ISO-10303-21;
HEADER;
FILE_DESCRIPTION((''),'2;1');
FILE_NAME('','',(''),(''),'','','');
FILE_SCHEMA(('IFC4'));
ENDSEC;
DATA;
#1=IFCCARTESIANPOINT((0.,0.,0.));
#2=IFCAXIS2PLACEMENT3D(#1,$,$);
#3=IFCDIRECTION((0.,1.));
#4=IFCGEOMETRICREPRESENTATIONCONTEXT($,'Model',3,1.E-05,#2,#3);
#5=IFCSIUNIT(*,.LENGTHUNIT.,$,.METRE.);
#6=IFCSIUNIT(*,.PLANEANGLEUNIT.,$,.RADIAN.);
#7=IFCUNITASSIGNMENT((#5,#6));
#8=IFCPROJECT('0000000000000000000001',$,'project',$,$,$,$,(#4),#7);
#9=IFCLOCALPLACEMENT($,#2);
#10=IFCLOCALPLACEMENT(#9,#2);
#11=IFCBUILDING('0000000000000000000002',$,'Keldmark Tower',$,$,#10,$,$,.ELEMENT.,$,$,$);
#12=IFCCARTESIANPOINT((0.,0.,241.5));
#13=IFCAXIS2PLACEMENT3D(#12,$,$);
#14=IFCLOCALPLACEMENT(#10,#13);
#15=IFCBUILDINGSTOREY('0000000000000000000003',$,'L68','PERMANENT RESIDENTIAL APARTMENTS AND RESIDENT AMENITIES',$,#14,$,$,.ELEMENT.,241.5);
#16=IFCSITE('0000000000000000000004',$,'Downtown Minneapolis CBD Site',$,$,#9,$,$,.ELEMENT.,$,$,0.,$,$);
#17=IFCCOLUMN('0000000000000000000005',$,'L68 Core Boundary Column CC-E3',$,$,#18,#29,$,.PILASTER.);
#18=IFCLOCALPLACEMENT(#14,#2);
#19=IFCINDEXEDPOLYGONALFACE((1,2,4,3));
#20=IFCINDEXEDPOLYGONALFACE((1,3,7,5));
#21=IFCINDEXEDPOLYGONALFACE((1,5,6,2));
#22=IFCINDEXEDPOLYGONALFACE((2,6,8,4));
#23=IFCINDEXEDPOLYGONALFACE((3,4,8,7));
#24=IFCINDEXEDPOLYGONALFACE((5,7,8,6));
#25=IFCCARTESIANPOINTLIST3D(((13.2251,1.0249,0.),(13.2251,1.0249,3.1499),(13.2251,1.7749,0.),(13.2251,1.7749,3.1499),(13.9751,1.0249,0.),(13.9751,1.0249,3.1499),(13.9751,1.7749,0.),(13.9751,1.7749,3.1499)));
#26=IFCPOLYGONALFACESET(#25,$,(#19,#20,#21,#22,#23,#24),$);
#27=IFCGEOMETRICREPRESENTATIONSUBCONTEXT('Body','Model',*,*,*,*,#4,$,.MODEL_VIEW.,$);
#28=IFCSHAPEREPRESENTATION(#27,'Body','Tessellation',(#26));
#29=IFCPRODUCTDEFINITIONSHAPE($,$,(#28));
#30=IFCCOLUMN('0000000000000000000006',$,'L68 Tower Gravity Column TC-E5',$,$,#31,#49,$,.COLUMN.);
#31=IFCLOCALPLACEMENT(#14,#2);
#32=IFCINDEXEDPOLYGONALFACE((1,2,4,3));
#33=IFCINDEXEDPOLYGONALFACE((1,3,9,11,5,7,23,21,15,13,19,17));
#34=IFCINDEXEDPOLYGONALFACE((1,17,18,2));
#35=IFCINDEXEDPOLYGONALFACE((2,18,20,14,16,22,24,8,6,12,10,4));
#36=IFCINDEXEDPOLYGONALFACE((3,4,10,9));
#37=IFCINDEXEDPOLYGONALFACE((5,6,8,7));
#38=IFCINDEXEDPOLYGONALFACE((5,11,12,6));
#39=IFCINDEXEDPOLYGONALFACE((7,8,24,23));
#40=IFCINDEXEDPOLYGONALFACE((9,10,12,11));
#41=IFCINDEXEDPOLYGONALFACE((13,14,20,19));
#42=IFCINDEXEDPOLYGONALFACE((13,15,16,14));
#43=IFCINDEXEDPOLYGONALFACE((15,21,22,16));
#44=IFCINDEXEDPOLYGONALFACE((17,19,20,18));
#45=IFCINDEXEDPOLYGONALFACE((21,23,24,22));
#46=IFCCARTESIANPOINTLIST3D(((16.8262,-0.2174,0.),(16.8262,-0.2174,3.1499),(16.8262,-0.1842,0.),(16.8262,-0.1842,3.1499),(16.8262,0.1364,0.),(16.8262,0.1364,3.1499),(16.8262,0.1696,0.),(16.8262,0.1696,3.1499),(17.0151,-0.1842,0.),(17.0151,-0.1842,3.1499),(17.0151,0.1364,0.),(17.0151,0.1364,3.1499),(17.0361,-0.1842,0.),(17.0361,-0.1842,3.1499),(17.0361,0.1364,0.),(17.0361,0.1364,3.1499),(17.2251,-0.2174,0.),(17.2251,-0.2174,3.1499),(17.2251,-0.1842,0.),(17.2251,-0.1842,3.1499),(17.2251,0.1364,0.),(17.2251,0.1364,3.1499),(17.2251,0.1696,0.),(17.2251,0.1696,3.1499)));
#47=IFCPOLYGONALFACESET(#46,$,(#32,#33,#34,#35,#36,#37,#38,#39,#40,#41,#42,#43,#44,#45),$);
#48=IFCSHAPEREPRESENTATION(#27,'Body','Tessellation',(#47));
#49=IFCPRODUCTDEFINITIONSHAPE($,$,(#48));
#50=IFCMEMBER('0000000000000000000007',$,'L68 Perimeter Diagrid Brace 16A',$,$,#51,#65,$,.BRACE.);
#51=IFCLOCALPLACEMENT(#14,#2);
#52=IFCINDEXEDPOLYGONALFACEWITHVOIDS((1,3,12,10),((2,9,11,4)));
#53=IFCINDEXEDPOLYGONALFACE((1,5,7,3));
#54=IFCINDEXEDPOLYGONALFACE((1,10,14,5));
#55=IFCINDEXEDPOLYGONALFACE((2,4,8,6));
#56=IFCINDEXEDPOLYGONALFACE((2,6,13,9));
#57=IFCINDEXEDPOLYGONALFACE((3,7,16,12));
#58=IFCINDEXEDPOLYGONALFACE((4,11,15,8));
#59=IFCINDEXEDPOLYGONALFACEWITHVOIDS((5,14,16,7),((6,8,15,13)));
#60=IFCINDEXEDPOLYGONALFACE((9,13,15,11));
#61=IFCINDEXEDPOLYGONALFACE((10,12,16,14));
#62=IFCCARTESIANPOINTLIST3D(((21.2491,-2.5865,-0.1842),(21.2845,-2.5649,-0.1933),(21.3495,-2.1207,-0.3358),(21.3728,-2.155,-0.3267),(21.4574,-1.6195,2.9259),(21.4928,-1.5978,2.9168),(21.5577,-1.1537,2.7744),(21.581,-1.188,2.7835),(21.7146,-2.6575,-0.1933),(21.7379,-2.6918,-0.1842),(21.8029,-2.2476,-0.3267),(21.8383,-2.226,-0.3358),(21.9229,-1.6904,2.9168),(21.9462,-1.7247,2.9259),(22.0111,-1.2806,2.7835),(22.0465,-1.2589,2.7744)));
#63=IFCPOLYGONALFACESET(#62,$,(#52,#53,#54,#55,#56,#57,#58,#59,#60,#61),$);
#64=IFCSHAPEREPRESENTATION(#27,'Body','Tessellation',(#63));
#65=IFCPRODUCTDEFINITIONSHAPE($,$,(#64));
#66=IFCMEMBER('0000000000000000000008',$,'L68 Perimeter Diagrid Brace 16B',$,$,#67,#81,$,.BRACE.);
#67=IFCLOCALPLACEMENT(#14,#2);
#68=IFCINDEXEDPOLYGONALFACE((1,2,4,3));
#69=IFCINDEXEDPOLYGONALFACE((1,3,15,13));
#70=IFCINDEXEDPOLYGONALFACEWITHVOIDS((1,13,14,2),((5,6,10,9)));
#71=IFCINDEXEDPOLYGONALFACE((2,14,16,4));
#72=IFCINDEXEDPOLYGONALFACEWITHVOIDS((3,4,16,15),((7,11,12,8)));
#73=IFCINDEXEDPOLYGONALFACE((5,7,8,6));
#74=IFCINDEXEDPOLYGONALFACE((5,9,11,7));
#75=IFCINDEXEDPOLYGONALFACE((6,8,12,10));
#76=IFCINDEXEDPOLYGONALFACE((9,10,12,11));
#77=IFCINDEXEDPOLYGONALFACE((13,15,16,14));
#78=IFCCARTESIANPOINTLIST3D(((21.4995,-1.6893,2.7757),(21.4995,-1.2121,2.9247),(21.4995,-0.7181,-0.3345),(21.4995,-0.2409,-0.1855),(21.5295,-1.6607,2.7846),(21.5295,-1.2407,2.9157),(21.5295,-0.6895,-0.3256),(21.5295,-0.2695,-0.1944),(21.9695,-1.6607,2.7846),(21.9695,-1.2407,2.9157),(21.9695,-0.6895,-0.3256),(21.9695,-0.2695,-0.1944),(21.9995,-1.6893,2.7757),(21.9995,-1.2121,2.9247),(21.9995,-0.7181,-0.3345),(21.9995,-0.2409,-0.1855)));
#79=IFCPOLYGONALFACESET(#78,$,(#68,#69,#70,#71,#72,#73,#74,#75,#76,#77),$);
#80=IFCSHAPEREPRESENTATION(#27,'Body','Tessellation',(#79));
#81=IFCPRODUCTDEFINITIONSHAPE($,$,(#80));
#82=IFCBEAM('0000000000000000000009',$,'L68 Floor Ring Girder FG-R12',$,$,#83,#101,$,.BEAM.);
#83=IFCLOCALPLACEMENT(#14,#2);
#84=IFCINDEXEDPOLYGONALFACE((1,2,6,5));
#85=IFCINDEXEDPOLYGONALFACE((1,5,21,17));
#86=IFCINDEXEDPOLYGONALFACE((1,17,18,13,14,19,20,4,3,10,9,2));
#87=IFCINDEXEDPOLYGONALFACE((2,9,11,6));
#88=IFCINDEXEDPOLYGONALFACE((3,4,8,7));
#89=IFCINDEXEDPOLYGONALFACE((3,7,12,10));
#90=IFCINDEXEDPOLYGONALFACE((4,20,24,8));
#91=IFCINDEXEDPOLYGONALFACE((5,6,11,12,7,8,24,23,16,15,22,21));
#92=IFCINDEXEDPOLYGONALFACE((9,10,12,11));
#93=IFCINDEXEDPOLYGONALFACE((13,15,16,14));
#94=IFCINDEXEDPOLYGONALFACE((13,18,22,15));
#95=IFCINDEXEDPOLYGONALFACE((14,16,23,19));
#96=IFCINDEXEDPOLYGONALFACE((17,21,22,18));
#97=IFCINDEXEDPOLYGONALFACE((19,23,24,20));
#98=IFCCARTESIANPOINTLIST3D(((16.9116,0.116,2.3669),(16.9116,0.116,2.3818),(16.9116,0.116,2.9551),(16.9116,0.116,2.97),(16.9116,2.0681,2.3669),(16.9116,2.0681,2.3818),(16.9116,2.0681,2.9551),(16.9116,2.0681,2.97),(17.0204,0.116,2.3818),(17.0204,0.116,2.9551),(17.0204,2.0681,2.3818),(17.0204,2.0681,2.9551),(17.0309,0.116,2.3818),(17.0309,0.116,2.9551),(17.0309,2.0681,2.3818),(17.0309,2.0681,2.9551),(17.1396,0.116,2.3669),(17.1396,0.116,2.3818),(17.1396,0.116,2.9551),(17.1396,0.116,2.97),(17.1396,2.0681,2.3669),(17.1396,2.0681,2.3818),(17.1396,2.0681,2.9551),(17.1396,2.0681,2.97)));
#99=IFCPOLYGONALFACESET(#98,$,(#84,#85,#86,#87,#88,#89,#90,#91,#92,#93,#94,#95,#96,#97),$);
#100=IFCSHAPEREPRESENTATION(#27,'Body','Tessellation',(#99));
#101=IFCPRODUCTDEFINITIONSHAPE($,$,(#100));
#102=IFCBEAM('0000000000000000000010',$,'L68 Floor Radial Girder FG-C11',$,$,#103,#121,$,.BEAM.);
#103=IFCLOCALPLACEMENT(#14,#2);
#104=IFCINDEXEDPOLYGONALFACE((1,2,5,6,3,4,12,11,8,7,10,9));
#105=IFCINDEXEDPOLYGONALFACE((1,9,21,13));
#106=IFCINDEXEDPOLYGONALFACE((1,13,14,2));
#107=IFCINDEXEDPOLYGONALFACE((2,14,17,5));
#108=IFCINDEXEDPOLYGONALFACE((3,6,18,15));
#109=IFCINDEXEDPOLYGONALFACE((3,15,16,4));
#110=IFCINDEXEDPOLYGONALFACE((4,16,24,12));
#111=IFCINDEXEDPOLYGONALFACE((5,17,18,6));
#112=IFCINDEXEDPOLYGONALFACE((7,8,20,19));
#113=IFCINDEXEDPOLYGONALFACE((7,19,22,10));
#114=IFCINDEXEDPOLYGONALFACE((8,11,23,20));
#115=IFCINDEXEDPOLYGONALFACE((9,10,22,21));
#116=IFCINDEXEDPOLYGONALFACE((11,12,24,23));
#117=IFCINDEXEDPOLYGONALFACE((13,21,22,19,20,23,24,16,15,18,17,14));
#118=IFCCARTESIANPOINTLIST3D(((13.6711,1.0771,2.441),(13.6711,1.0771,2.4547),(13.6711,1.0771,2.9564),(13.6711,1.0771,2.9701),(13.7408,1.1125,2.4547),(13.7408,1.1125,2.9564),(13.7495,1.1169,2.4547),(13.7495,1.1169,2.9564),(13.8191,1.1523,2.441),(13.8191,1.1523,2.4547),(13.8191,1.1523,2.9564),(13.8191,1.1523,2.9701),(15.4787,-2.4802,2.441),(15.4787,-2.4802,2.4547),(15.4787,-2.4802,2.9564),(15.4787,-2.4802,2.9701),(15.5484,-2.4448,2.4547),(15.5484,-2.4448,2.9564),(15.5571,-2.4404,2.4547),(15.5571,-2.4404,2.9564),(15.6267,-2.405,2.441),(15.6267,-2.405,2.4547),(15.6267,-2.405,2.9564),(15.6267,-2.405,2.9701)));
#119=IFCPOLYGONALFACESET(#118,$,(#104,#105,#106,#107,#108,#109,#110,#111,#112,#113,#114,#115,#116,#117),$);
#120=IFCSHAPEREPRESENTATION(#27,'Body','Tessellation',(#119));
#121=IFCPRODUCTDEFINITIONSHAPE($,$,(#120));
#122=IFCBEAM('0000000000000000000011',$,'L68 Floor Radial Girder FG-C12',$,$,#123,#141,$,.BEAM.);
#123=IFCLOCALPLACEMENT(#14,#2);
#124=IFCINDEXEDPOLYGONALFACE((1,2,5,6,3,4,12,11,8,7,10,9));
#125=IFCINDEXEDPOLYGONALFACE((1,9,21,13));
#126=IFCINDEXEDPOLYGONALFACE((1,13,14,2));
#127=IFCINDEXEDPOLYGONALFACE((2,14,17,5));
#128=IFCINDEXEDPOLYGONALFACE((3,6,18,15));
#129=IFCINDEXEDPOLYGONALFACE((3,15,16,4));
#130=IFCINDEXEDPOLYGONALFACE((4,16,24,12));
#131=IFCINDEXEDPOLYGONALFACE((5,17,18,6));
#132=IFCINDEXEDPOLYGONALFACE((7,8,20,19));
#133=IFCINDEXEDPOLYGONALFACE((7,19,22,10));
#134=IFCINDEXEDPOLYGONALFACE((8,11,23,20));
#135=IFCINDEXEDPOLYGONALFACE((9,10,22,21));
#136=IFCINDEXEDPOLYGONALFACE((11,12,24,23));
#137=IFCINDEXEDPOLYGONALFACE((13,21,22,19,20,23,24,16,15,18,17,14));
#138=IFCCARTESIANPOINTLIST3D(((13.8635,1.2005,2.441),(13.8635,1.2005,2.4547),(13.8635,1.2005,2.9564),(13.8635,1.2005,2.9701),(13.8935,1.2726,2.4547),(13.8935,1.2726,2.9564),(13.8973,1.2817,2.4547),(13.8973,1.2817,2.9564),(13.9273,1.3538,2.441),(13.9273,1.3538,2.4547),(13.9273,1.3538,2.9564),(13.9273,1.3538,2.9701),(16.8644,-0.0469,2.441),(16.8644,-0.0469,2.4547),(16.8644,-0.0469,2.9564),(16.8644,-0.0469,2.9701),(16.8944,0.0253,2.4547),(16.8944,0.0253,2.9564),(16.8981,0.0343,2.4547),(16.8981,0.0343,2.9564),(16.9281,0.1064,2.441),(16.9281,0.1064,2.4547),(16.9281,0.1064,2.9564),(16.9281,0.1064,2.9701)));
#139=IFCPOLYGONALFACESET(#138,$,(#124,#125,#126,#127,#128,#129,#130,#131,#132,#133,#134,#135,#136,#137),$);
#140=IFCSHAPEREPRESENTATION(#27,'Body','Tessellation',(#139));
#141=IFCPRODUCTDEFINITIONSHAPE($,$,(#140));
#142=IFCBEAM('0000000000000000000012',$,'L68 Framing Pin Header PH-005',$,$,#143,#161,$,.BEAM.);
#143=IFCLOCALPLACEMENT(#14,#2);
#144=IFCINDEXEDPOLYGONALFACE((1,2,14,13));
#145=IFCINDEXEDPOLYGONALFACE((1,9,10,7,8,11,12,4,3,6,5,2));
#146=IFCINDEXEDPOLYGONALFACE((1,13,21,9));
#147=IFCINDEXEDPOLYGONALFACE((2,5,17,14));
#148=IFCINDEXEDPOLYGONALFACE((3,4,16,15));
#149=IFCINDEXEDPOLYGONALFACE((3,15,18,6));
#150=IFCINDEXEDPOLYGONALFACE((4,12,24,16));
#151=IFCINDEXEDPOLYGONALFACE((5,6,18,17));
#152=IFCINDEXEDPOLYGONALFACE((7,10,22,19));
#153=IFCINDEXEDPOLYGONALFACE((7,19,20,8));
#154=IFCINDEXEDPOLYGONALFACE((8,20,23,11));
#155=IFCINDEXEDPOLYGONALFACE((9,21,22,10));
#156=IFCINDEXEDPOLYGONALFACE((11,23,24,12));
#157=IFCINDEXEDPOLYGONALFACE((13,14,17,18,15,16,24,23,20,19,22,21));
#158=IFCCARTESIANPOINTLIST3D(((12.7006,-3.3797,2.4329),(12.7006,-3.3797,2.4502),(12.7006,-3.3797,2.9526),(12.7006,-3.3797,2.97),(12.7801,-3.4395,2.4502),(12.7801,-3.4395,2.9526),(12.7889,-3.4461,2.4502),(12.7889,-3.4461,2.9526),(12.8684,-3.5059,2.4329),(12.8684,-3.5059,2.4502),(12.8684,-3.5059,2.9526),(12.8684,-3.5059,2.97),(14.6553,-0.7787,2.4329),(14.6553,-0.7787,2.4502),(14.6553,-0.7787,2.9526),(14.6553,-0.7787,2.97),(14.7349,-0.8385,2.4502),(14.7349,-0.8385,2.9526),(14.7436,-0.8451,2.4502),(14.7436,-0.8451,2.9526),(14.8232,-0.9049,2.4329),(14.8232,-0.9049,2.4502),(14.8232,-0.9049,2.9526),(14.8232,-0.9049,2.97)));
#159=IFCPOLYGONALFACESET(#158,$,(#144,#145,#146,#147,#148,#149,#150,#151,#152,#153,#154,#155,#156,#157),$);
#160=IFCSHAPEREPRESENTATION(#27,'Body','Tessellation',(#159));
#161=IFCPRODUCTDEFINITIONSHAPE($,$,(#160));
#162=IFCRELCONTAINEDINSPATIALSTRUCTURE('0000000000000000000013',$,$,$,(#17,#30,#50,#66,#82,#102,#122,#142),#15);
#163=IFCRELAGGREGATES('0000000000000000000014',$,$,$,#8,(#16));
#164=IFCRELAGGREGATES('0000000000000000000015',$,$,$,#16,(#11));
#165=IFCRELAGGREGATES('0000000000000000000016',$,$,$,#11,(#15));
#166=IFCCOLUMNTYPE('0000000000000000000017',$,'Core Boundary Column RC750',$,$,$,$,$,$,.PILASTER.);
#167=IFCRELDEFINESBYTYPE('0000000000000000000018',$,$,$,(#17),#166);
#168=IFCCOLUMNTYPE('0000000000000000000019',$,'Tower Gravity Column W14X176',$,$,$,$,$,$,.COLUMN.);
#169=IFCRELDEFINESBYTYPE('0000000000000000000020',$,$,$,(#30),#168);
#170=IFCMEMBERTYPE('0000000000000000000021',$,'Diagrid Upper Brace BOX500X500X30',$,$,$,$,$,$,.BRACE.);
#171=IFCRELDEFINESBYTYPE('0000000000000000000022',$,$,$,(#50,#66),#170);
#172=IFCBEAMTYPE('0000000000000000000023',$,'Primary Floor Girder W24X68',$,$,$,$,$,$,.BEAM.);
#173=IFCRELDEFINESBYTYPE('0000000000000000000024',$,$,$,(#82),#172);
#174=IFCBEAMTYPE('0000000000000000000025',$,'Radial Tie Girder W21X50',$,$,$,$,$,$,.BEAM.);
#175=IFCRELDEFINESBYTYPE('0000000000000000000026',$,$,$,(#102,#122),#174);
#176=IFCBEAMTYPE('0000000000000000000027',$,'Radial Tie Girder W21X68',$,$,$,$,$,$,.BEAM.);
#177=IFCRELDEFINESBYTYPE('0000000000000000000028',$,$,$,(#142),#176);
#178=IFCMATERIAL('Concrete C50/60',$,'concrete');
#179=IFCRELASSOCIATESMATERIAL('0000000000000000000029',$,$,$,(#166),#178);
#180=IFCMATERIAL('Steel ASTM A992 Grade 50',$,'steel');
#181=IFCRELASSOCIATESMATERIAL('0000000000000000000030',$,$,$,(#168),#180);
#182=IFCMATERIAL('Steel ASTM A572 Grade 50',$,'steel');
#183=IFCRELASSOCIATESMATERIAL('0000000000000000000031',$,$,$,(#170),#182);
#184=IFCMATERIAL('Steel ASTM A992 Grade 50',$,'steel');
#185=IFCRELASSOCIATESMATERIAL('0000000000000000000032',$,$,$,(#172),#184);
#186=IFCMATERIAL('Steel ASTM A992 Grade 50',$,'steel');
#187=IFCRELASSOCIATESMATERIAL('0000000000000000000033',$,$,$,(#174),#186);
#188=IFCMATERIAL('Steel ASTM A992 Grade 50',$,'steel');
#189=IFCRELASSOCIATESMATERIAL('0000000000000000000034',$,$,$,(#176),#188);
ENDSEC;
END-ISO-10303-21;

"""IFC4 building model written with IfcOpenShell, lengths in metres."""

from ifc_helpers import new_model, si_unit, direction, frame, origin, origin_2d, place, context, subcontext, project, spatial, rectangle, hollow_rectangle, i_section, extrude, material, material_profile, profile_set, type_object, element, save


model = new_model("IFC4")

# Units and contexts
model_context = context("Model", 3, precision=1e-05, world=origin(), true_north=direction((0.0, 1.0)))
body_context = subcontext(model_context, "Body", "Model", "MODEL_VIEW")
ifc_project = project(units=[si_unit("LENGTHUNIT", "METRE"), si_unit("PLANEANGLEUNIT", "RADIAN")], contexts=[model_context])

# Site, building, storey
site_placement = place(None, origin())
site = spatial("IfcSite", under=ifc_project, at=site_placement, Name="Downtown Minneapolis CBD Site", CompositionType="ELEMENT", RefElevation=0.0)
building_placement = place(site_placement, origin())
building = spatial("IfcBuilding", under=site, at=building_placement, Name="Keldmark Tower", CompositionType="ELEMENT")
storey_placement = place(building_placement, frame((0.0, 0.0, 241.5)))
storey = spatial("IfcBuildingStorey", under=building, at=storey_placement, Name="L68", Description="PERMANENT RESIDENTIAL APARTMENTS AND RESIDENT AMENITIES", CompositionType="ELEMENT", Elevation=241.5)

# Columns
ifc_material_1 = material(Name="Concrete C50/60", Category="concrete")
ifc_material_profile_1 = material_profile(ifc_material_1, rectangle(XDim=0.75, YDim=0.75, at=origin_2d()), Name="RC750X750")
ifc_profile_set_1 = profile_set([ifc_material_profile_1], Name="Concrete C50/60")
column_type_1 = type_object("IfcColumnType", Name="Core Boundary Column RC750", PredefinedType="PILASTER", material=ifc_profile_set_1)
column_1_placement = place(storey_placement, frame((13.6001, 1.3999, 0.0), z_axis=(0.0, 0.0, 1.0), x_axis=(1.0, 0.0, 0.0)))
element("IfcColumn", 1, at=column_1_placement, inside=storey, type_object=column_type_1, Name="L68 Core Boundary Column CC-E3", PredefinedType="PILASTER", context=body_context, shape_type="SweptSolid", body=[
    extrude(rectangle(XDim=0.75, YDim=0.75, at=origin_2d()), origin(), (0.0, 0.0, 1.0), 3.1499),
])
ifc_material_2 = material(Name="Steel ASTM A992 Grade 50", Category="steel")
ifc_material_profile_2 = material_profile(ifc_material_2, i_section(OverallWidth=0.3989, OverallDepth=0.387, WebThickness=0.021, FlangeThickness=0.0332, at=origin_2d()), Name="W14X176")
ifc_profile_set_2 = profile_set([ifc_material_profile_2], Name="Steel ASTM A992 Grade 50")
column_type_2 = type_object("IfcColumnType", Name="Tower Gravity Column W14X176", PredefinedType="COLUMN", material=ifc_profile_set_2)
column_2_placement = place(storey_placement, frame((17.0256, -0.0239, 0.0), z_axis=(0.0, 0.0, 1.0), x_axis=(1.0, 0.0, 0.0)))
element("IfcColumn", 2, at=column_2_placement, inside=storey, type_object=column_type_2, Name="L68 Tower Gravity Column TC-E5", PredefinedType="COLUMN", context=body_context, shape_type="SweptSolid", body=[
    extrude(i_section(OverallWidth=0.3989, OverallDepth=0.387, WebThickness=0.021, FlangeThickness=0.0332, at=origin_2d()), origin(), (0.0, 0.0, 1.0), 3.1499),
])

# Members
ifc_material_3 = material(Name="Steel ASTM A572 Grade 50", Category="steel")
ifc_material_profile_3 = material_profile(ifc_material_3, hollow_rectangle(XDim=0.5, YDim=0.5, WallThickness=0.03, at=origin_2d()), Name="BOX500X500X30")
ifc_profile_set_3 = profile_set([ifc_material_profile_3], Name="Steel ASTM A572 Grade 50")
member_type = type_object("IfcMemberType", Name="Diagrid Upper Brace BOX500X500X30", PredefinedType="BRACE", material=ifc_profile_set_3)
member_1_placement = place(storey_placement, frame((21.5437, -2.4062, -0.26), z_axis=(0.06381, 0.296308, 0.952958), x_axis=(-0.977589, 0.210523, 0.0)))
element("IfcMember", 3, at=member_1_placement, inside=storey, type_object=member_type, Name="L68 Perimeter Diagrid Brace 16A", PredefinedType="BRACE", context=body_context, shape_type="SweptSolid", body=[
    extrude(hollow_rectangle(XDim=0.5, YDim=0.5, WallThickness=0.03, at=origin_2d()), origin(), (0.0, 0.0, 1.0), 3.2637),
])
member_2_placement = place(storey_placement, frame((21.7495, -0.4795, -0.26), z_axis=(0.0, -0.298074, 0.954543), x_axis=(1.0, 0.0, 0.0)))
element("IfcMember", 4, at=member_2_placement, inside=storey, type_object=member_type, Name="L68 Perimeter Diagrid Brace 16B", PredefinedType="BRACE", context=body_context, shape_type="SweptSolid", body=[
    extrude(hollow_rectangle(XDim=0.5, YDim=0.5, WallThickness=0.03, at=origin_2d()), origin(), (0.0, 0.0, 1.0), 3.2583),
])

# Beams
ifc_material_4 = material(Name="Steel ASTM A992 Grade 50", Category="steel")
ifc_material_profile_4 = material_profile(ifc_material_4, i_section(OverallWidth=0.228, OverallDepth=0.603, WebThickness=0.0105, FlangeThickness=0.0149, at=origin_2d()), Name="W24X68")
ifc_profile_set_4 = profile_set([ifc_material_profile_4], Name="Steel ASTM A992 Grade 50")
beam_type_1 = type_object("IfcBeamType", Name="Primary Floor Girder W24X68", PredefinedType="BEAM", material=ifc_profile_set_4)
beam_1_placement = place(storey_placement, frame((17.0256, 0.116, 2.6685), z_axis=(0.0, 1.0, 0.0), x_axis=(-1.0, 0.0, 0.0)))
element("IfcBeam", 5, at=beam_1_placement, inside=storey, type_object=beam_type_1, Name="L68 Floor Ring Girder FG-R12", PredefinedType="BEAM", context=body_context, shape_type="SweptSolid", body=[
    extrude(i_section(OverallWidth=0.228, OverallDepth=0.603, WebThickness=0.0105, FlangeThickness=0.0149, at=origin_2d()), origin(), (0.0, 0.0, 1.0), 1.9521),
])
ifc_material_5 = material(Name="Steel ASTM A992 Grade 50", Category="steel")
ifc_material_profile_5 = material_profile(ifc_material_5, i_section(OverallWidth=0.166, OverallDepth=0.5291, WebThickness=0.0098, FlangeThickness=0.0137, at=origin_2d()), Name="W21X50")
ifc_profile_set_5 = profile_set([ifc_material_profile_5], Name="Steel ASTM A992 Grade 50")
beam_type_2 = type_object("IfcBeamType", Name="Radial Tie Girder W21X50", PredefinedType="BEAM", material=ifc_profile_set_5)
beam_2_placement = place(storey_placement, frame((15.5527, -2.4426, 2.7056), z_axis=(-0.453004, 0.891508, 0.0), x_axis=(-0.891508, -0.453004, 0.0)))
element("IfcBeam", 6, at=beam_2_placement, inside=storey, type_object=beam_type_2, Name="L68 Floor Radial Girder FG-C11", PredefinedType="BEAM", context=body_context, shape_type="SweptSolid", body=[
    extrude(i_section(OverallWidth=0.166, OverallDepth=0.5291, WebThickness=0.0098, FlangeThickness=0.0137, at=origin_2d()), origin(), (0.0, 0.0, 1.0), 3.9902),
])
beam_3_placement = place(storey_placement, frame((16.8962, 0.0298, 2.7056), z_axis=(-0.923403, 0.383831, 0.0), x_axis=(-0.383831, -0.923403, 0.0)))
element("IfcBeam", 7, at=beam_3_placement, inside=storey, type_object=beam_type_2, Name="L68 Floor Radial Girder FG-C12", PredefinedType="BEAM", context=body_context, shape_type="SweptSolid", body=[
    extrude(i_section(OverallWidth=0.166, OverallDepth=0.5291, WebThickness=0.0098, FlangeThickness=0.0137, at=origin_2d()), origin(), (0.0, 0.0, 1.0), 3.2498),
])
ifc_material_6 = material(Name="Steel ASTM A992 Grade 50", Category="steel")
ifc_material_profile_6 = material_profile(ifc_material_6, i_section(OverallWidth=0.21, OverallDepth=0.5371, WebThickness=0.011, FlangeThickness=0.0173, at=origin_2d()), Name="W21X68")
ifc_profile_set_6 = profile_set([ifc_material_profile_6], Name="Steel ASTM A992 Grade 50")
beam_type_3 = type_object("IfcBeamType", Name="Radial Tie Girder W21X68", PredefinedType="BEAM", material=ifc_profile_set_6)
beam_4_placement = place(storey_placement, frame((14.7393, -0.8418, 2.7014), z_axis=(-0.600792, -0.799405, 0.0), x_axis=(0.799405, -0.600792, 0.0)))
element("IfcBeam", 8, at=beam_4_placement, inside=storey, type_object=beam_type_3, Name="L68 Framing Pin Header PH-005", PredefinedType="BEAM", context=body_context, shape_type="SweptSolid", body=[
    extrude(i_section(OverallWidth=0.21, OverallDepth=0.5371, WebThickness=0.011, FlangeThickness=0.0173, at=origin_2d()), origin(), (0.0, 0.0, 1.0), 3.2537),
])

save(model, "model.ifc")
